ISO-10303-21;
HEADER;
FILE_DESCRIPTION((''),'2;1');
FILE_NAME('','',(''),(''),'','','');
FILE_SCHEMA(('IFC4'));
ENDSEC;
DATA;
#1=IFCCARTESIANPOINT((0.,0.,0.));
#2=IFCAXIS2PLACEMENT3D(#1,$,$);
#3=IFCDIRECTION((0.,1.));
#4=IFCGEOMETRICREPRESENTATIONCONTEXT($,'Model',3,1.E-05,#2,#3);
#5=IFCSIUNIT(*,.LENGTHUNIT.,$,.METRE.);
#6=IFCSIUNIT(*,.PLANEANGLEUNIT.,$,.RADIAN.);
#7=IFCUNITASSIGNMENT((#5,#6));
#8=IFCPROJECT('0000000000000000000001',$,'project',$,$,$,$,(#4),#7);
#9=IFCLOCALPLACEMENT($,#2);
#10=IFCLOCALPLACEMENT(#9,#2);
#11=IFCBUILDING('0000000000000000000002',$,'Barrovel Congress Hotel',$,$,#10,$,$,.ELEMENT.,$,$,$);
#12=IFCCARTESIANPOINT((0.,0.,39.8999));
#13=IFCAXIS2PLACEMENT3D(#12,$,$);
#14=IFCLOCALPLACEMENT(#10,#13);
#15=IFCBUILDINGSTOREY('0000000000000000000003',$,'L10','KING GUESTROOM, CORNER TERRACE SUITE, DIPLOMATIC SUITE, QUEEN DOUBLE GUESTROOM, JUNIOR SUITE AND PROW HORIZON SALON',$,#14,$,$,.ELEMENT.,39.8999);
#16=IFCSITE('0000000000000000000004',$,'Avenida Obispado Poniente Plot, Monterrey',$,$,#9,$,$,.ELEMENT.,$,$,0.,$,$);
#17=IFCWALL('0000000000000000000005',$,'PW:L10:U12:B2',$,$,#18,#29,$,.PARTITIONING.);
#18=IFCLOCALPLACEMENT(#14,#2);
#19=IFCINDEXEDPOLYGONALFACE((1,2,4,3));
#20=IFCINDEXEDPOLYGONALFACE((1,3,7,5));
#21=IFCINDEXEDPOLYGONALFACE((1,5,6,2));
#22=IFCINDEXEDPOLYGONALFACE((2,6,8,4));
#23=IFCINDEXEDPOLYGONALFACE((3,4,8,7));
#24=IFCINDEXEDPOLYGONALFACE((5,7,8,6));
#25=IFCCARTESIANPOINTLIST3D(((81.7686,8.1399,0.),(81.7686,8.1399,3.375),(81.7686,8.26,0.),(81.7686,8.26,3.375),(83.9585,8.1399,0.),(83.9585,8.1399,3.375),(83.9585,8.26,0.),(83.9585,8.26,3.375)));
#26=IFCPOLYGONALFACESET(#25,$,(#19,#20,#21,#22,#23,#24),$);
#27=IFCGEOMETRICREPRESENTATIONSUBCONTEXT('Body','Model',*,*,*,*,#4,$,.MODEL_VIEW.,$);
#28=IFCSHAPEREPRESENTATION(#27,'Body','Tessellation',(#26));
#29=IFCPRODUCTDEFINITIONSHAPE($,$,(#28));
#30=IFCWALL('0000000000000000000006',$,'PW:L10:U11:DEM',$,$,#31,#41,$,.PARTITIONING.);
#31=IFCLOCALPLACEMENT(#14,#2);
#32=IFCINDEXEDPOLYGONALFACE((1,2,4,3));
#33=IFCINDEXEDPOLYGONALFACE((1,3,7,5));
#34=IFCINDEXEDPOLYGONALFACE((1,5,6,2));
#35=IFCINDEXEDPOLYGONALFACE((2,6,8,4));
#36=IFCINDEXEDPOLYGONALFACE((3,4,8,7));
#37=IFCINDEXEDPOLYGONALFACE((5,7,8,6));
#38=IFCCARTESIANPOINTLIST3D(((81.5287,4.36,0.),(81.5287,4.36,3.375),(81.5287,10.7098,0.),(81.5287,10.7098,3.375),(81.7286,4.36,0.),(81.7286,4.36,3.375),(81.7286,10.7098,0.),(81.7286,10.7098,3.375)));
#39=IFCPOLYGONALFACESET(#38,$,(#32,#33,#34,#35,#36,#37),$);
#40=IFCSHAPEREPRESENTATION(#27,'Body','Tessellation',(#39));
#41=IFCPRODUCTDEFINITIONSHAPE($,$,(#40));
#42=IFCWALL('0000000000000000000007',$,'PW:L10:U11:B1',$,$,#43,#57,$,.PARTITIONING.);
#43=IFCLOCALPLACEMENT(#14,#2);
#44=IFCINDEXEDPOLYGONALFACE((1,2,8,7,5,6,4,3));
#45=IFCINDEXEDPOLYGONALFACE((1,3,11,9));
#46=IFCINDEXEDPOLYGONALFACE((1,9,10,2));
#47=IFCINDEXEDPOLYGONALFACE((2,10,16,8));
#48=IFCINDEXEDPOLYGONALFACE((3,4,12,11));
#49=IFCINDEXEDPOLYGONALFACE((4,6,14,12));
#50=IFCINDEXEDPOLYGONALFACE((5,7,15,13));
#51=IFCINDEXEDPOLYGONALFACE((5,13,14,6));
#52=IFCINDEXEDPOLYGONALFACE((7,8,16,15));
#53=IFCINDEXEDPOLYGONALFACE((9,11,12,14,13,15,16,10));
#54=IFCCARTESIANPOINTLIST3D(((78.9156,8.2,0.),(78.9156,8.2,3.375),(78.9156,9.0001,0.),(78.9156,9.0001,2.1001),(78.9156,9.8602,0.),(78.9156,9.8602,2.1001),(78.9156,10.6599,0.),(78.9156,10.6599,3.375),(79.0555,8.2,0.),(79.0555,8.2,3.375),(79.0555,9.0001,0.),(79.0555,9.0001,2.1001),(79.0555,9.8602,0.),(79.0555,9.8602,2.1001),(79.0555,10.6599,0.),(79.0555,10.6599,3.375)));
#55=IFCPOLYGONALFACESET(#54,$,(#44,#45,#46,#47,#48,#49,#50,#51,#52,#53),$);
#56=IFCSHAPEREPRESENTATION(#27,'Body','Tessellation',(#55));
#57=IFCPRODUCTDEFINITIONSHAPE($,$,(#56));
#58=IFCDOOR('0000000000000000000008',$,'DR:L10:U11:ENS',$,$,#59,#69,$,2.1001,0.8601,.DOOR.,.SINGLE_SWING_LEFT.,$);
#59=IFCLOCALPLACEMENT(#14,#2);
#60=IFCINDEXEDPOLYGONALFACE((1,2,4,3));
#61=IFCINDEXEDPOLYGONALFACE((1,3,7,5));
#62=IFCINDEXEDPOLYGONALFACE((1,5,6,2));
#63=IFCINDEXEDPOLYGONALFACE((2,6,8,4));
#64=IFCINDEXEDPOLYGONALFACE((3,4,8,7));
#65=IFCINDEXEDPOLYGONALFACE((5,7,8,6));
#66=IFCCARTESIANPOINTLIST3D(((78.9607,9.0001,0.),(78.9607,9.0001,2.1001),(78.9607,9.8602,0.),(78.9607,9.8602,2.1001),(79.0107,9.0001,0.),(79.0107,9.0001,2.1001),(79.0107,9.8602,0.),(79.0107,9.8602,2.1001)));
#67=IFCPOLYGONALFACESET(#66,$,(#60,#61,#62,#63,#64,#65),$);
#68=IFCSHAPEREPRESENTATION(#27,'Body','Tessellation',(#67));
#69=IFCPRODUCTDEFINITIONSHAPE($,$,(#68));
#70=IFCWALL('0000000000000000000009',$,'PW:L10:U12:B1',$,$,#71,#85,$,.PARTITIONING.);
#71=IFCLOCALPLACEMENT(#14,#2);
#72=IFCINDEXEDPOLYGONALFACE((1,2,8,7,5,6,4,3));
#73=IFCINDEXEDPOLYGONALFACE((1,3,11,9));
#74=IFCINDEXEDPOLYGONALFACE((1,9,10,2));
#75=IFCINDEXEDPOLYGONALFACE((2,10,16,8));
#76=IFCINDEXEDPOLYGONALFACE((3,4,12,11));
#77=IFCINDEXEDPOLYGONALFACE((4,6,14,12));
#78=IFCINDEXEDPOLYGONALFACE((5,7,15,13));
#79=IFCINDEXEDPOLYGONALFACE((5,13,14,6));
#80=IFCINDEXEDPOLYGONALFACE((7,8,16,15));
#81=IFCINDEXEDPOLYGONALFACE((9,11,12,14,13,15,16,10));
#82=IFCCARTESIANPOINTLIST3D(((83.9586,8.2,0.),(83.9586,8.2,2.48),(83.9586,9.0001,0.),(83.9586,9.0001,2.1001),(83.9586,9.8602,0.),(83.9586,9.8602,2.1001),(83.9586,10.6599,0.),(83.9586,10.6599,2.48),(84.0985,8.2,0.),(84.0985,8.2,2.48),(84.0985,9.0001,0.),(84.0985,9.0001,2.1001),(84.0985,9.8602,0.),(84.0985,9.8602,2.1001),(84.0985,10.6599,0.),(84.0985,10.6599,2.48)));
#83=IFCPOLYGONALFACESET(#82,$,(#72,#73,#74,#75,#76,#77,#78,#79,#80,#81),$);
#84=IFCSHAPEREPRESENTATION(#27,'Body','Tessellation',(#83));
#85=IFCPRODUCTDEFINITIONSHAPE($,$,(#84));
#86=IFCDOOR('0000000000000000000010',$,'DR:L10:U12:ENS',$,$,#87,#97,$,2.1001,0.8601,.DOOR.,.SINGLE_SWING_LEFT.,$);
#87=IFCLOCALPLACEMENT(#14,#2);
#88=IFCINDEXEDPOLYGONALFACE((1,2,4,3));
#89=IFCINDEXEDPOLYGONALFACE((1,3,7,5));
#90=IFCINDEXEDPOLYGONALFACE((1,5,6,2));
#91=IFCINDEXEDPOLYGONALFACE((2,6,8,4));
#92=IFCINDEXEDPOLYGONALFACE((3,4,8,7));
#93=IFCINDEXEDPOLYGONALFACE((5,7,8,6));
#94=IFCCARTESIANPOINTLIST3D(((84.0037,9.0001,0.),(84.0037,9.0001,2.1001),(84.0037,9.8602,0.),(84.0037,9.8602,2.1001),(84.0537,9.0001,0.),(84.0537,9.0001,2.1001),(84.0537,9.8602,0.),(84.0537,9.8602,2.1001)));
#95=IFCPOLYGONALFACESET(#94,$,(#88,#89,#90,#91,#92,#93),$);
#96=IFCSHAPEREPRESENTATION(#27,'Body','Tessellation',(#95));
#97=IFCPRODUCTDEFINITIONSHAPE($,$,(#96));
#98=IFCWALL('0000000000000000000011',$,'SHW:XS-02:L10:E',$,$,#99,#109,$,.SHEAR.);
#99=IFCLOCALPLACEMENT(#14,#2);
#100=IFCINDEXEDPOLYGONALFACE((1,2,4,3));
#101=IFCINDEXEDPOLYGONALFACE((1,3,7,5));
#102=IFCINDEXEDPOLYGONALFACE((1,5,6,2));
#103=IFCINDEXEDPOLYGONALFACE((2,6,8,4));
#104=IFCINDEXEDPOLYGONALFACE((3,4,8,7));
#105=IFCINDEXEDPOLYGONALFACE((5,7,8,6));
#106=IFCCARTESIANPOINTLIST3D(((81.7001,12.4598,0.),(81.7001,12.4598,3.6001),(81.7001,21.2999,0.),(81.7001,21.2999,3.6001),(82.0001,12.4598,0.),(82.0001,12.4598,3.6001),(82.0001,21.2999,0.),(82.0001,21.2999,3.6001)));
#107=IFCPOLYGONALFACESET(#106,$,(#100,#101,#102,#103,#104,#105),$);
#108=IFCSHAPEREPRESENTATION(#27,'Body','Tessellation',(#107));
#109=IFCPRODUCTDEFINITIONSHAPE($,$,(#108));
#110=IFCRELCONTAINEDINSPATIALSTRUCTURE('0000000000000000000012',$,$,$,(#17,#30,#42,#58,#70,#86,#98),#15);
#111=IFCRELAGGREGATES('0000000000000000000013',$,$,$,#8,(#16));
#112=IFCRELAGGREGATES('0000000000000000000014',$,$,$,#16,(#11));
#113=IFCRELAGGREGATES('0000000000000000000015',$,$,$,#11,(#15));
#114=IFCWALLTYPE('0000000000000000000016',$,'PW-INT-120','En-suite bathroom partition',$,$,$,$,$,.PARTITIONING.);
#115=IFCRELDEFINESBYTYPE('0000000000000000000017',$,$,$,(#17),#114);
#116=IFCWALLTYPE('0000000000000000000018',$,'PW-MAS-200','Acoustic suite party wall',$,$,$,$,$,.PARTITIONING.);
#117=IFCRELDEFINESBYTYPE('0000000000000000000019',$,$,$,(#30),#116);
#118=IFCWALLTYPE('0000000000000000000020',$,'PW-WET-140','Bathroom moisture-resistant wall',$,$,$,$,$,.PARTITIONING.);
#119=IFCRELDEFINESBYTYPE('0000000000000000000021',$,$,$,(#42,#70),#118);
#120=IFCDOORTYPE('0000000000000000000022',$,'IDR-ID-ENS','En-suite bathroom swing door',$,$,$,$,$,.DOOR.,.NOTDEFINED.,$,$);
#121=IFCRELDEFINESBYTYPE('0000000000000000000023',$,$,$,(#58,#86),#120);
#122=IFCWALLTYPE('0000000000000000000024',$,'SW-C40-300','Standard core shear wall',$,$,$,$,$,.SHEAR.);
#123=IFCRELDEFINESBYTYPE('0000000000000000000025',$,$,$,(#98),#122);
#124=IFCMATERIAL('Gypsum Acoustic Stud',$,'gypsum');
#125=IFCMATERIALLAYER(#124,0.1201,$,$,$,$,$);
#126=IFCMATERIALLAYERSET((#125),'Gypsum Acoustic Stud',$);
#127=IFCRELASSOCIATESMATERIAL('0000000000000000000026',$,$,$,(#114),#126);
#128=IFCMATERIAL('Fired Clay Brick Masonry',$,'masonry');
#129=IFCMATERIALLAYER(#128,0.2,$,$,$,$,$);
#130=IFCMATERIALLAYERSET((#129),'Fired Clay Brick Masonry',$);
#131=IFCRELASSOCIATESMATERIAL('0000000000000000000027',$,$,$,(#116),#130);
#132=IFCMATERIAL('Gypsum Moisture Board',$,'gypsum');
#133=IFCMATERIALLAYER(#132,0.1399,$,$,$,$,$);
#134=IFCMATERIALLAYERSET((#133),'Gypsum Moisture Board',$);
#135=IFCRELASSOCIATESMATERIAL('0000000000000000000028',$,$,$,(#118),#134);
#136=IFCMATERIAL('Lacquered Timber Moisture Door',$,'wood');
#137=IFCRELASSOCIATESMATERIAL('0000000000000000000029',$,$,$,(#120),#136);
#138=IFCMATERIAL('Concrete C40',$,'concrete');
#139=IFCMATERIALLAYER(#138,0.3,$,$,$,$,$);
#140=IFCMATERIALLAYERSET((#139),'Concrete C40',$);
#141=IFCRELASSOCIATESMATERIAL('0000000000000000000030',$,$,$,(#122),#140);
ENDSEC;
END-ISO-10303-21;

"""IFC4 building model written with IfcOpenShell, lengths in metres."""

from ifc_helpers import new_model, si_unit, direction, frame, frame_2d, origin, place, context, subcontext, project, spatial, rectangle, extrude, material, layer, layer_set, type_object, element, fill, save


model = new_model("IFC4")

# Units and contexts
model_context = context("Model", 3, precision=1e-05, world=origin(), true_north=direction((0.0, 1.0)))
body_context = subcontext(model_context, "Body", "Model", "MODEL_VIEW")
ifc_project = project(units=[si_unit("LENGTHUNIT", "METRE"), si_unit("PLANEANGLEUNIT", "RADIAN")], contexts=[model_context])

# Site, building, storey
site_placement = place(None, origin())
site = spatial("IfcSite", under=ifc_project, at=site_placement, Name="Avenida Obispado Poniente Plot, Monterrey", CompositionType="ELEMENT", RefElevation=0.0)
building_placement = place(site_placement, origin())
building = spatial("IfcBuilding", under=site, at=building_placement, Name="Barrovel Congress Hotel", CompositionType="ELEMENT")
storey_placement = place(building_placement, frame((0.0, 0.0, 39.8999)))
storey = spatial("IfcBuildingStorey", under=building, at=storey_placement, Name="L10", Description="KING GUESTROOM, CORNER TERRACE SUITE, DIPLOMATIC SUITE, QUEEN DOUBLE GUESTROOM, JUNIOR SUITE AND PROW HORIZON SALON", CompositionType="ELEMENT", Elevation=39.8999)

# Shared definitions
ifc_material_1 = material(Name="Concrete C40", Category="concrete")

# Shared definitions
ifc_material_2 = material(Name="Fired Clay Brick Masonry", Category="masonry")

# Shared definitions
ifc_material_3 = material(Name="Gypsum Acoustic Stud", Category="gypsum")

# Walls
ifc_layer_1 = layer(ifc_material_3, 0.1201)
ifc_layer_set_1 = layer_set([ifc_layer_1], Name="Gypsum Acoustic Stud")
wall_type_1 = type_object("IfcWallType", Name="PW-INT-120", Description="En-suite bathroom partition", PredefinedType="PARTITIONING", material=ifc_layer_set_1)
wall_1_placement = place(storey_placement, frame((81.7686, 8.2, 0.0), z_axis=(0.0, 0.0, 1.0), x_axis=(1.0, 0.0, 0.0)))
element("IfcWall", 1, at=wall_1_placement, inside=storey, type_object=wall_type_1, Name="PW:L10:U12:B2", PredefinedType="PARTITIONING", context=body_context, shape_type="SweptSolid", body=[
    extrude(rectangle(XDim=2.1899, YDim=0.1201, at=frame_2d((1.095, 0.0))), origin(), (0.0, 0.0, 1.0), 3.375),
])
ifc_layer_2 = layer(ifc_material_2, 0.2)
ifc_layer_set_2 = layer_set([ifc_layer_2], Name="Fired Clay Brick Masonry")
wall_type_2 = type_object("IfcWallType", Name="PW-MAS-200", Description="Acoustic suite party wall", PredefinedType="PARTITIONING", material=ifc_layer_set_2)
wall_2_placement = place(storey_placement, frame((81.6287, 4.3601, 0.0), z_axis=(0.0, 0.0, 1.0), x_axis=(0.0, 1.0, 0.0)))
element("IfcWall", 2, at=wall_2_placement, inside=storey, type_object=wall_type_2, Name="PW:L10:U11:DEM", PredefinedType="PARTITIONING", context=body_context, shape_type="SweptSolid", body=[
    extrude(rectangle(XDim=6.3499, YDim=0.2, at=frame_2d((3.1748, 0.0))), origin(), (0.0, 0.0, 1.0), 3.375),
])

# Walls, openings, doors
ifc_material_4 = material(Name="Gypsum Moisture Board", Category="gypsum")
ifc_layer_3 = layer(ifc_material_4, 0.1399)
ifc_layer_set_3 = layer_set([ifc_layer_3], Name="Gypsum Moisture Board")
wall_type_3 = type_object("IfcWallType", Name="PW-WET-140", Description="Bathroom moisture-resistant wall", PredefinedType="PARTITIONING", material=ifc_layer_set_3)
wall_3_placement = place(storey_placement, frame((78.9856, 8.2, 0.0), z_axis=(0.0, 0.0, 1.0), x_axis=(0.0, 1.0, 0.0)))
wall_3 = element("IfcWall", 3, at=wall_3_placement, inside=storey, type_object=wall_type_3, Name="PW:L10:U11:B1", PredefinedType="PARTITIONING", context=body_context, shape_type="SweptSolid", body=[
    extrude(rectangle(XDim=2.46, YDim=0.1399, at=frame_2d((1.23, 0.0))), origin(), (0.0, 0.0, 1.0), 3.375),
])
opening_1_placement = place(wall_3_placement, frame((0.8, 0.0, 0.0)))
opening_1 = element("IfcOpeningElement", 4, at=opening_1_placement, cuts=wall_3, PredefinedType="OPENING", context=body_context, shape_type="SweptSolid", body=[
    extrude(rectangle(XDim=0.8601, YDim=2.1001, at=frame_2d((0.4302, 1.05))), frame((0.0, 0.0801, 0.0), z_axis=(0.0, -1.0, 0.0), x_axis=(1.0, 0.0, 0.0)), (0.0, 0.0, 1.0), 0.1599),
])
ifc_material_5 = material(Name="Lacquered Timber Moisture Door", Category="wood")
door_type_1 = type_object("IfcDoorType", Name="IDR-ID-ENS", Description="En-suite bathroom swing door", OperationType="NOTDEFINED", PredefinedType="DOOR", material=ifc_material_5)
door_1_placement = place(opening_1_placement, origin())
door_1 = element("IfcDoor", 5, at=door_1_placement, inside=storey, type_object=door_type_1, Name="DR:L10:U11:ENS", OperationType="SINGLE_SWING_LEFT", OverallHeight=2.1001, OverallWidth=0.8601, PredefinedType="DOOR", context=body_context, shape_type="SweptSolid", body=[
    extrude(rectangle(XDim=0.8601, YDim=2.1001, at=frame_2d((0.4302, 1.05))), frame((0.0, 0.0249, 0.0), z_axis=(0.0, -1.0, 0.0), x_axis=(1.0, 0.0, 0.0)), (0.0, 0.0, 1.0), 0.05),
])
fill(opening_1, door_1)
wall_4_placement = place(storey_placement, frame((84.0286, 8.2, 0.0), z_axis=(0.0, 0.0, 1.0), x_axis=(0.0, 1.0, 0.0)))
wall_4 = element("IfcWall", 6, at=wall_4_placement, inside=storey, type_object=wall_type_3, Name="PW:L10:U12:B1", PredefinedType="PARTITIONING", context=body_context, shape_type="SweptSolid", body=[
    extrude(rectangle(XDim=2.46, YDim=0.1399, at=frame_2d((1.23, 0.0))), origin(), (0.0, 0.0, 1.0), 2.48),
])
opening_2_placement = place(wall_4_placement, frame((0.8, 0.0, 0.0)))
opening_2 = element("IfcOpeningElement", 7, at=opening_2_placement, cuts=wall_4, PredefinedType="OPENING", context=body_context, shape_type="SweptSolid", body=[
    extrude(rectangle(XDim=0.8601, YDim=2.1001, at=frame_2d((0.4302, 1.05))), frame((0.0, 0.0801, 0.0), z_axis=(0.0, -1.0, 0.0), x_axis=(1.0, 0.0, 0.0)), (0.0, 0.0, 1.0), 0.1599),
])
door_2_placement = place(opening_2_placement, origin())
door_2 = element("IfcDoor", 8, at=door_2_placement, inside=storey, type_object=door_type_1, Name="DR:L10:U12:ENS", OperationType="SINGLE_SWING_LEFT", OverallHeight=2.1001, OverallWidth=0.8601, PredefinedType="DOOR", context=body_context, shape_type="SweptSolid", body=[
    extrude(rectangle(XDim=0.8601, YDim=2.1001, at=frame_2d((0.4302, 1.05))), frame((0.0, 0.0249, 0.0), z_axis=(0.0, -1.0, 0.0), x_axis=(1.0, 0.0, 0.0)), (0.0, 0.0, 1.0), 0.05),
])
fill(opening_2, door_2)
ifc_layer_4 = layer(ifc_material_1, 0.3)
ifc_layer_set_4 = layer_set([ifc_layer_4], Name="Concrete C40")
wall_type_4 = type_object("IfcWallType", Name="SW-C40-300", Description="Standard core shear wall", PredefinedType="SHEAR", material=ifc_layer_set_4)

# Wall
wall_5_placement = place(storey_placement, frame((81.8501, 12.46, 0.0), z_axis=(0.0, 0.0, 1.0), x_axis=(0.0, 1.0, 0.0)))
element("IfcWall", 9, at=wall_5_placement, inside=storey, type_object=wall_type_4, Name="SHW:XS-02:L10:E", PredefinedType="SHEAR", context=body_context, shape_type="SweptSolid", body=[
    extrude(rectangle(XDim=8.8401, YDim=0.3, at=frame_2d((4.4199, 0.0))), origin(), (0.0, 0.0, 1.0), 3.6001),
])

save(model, "model.ifc")
